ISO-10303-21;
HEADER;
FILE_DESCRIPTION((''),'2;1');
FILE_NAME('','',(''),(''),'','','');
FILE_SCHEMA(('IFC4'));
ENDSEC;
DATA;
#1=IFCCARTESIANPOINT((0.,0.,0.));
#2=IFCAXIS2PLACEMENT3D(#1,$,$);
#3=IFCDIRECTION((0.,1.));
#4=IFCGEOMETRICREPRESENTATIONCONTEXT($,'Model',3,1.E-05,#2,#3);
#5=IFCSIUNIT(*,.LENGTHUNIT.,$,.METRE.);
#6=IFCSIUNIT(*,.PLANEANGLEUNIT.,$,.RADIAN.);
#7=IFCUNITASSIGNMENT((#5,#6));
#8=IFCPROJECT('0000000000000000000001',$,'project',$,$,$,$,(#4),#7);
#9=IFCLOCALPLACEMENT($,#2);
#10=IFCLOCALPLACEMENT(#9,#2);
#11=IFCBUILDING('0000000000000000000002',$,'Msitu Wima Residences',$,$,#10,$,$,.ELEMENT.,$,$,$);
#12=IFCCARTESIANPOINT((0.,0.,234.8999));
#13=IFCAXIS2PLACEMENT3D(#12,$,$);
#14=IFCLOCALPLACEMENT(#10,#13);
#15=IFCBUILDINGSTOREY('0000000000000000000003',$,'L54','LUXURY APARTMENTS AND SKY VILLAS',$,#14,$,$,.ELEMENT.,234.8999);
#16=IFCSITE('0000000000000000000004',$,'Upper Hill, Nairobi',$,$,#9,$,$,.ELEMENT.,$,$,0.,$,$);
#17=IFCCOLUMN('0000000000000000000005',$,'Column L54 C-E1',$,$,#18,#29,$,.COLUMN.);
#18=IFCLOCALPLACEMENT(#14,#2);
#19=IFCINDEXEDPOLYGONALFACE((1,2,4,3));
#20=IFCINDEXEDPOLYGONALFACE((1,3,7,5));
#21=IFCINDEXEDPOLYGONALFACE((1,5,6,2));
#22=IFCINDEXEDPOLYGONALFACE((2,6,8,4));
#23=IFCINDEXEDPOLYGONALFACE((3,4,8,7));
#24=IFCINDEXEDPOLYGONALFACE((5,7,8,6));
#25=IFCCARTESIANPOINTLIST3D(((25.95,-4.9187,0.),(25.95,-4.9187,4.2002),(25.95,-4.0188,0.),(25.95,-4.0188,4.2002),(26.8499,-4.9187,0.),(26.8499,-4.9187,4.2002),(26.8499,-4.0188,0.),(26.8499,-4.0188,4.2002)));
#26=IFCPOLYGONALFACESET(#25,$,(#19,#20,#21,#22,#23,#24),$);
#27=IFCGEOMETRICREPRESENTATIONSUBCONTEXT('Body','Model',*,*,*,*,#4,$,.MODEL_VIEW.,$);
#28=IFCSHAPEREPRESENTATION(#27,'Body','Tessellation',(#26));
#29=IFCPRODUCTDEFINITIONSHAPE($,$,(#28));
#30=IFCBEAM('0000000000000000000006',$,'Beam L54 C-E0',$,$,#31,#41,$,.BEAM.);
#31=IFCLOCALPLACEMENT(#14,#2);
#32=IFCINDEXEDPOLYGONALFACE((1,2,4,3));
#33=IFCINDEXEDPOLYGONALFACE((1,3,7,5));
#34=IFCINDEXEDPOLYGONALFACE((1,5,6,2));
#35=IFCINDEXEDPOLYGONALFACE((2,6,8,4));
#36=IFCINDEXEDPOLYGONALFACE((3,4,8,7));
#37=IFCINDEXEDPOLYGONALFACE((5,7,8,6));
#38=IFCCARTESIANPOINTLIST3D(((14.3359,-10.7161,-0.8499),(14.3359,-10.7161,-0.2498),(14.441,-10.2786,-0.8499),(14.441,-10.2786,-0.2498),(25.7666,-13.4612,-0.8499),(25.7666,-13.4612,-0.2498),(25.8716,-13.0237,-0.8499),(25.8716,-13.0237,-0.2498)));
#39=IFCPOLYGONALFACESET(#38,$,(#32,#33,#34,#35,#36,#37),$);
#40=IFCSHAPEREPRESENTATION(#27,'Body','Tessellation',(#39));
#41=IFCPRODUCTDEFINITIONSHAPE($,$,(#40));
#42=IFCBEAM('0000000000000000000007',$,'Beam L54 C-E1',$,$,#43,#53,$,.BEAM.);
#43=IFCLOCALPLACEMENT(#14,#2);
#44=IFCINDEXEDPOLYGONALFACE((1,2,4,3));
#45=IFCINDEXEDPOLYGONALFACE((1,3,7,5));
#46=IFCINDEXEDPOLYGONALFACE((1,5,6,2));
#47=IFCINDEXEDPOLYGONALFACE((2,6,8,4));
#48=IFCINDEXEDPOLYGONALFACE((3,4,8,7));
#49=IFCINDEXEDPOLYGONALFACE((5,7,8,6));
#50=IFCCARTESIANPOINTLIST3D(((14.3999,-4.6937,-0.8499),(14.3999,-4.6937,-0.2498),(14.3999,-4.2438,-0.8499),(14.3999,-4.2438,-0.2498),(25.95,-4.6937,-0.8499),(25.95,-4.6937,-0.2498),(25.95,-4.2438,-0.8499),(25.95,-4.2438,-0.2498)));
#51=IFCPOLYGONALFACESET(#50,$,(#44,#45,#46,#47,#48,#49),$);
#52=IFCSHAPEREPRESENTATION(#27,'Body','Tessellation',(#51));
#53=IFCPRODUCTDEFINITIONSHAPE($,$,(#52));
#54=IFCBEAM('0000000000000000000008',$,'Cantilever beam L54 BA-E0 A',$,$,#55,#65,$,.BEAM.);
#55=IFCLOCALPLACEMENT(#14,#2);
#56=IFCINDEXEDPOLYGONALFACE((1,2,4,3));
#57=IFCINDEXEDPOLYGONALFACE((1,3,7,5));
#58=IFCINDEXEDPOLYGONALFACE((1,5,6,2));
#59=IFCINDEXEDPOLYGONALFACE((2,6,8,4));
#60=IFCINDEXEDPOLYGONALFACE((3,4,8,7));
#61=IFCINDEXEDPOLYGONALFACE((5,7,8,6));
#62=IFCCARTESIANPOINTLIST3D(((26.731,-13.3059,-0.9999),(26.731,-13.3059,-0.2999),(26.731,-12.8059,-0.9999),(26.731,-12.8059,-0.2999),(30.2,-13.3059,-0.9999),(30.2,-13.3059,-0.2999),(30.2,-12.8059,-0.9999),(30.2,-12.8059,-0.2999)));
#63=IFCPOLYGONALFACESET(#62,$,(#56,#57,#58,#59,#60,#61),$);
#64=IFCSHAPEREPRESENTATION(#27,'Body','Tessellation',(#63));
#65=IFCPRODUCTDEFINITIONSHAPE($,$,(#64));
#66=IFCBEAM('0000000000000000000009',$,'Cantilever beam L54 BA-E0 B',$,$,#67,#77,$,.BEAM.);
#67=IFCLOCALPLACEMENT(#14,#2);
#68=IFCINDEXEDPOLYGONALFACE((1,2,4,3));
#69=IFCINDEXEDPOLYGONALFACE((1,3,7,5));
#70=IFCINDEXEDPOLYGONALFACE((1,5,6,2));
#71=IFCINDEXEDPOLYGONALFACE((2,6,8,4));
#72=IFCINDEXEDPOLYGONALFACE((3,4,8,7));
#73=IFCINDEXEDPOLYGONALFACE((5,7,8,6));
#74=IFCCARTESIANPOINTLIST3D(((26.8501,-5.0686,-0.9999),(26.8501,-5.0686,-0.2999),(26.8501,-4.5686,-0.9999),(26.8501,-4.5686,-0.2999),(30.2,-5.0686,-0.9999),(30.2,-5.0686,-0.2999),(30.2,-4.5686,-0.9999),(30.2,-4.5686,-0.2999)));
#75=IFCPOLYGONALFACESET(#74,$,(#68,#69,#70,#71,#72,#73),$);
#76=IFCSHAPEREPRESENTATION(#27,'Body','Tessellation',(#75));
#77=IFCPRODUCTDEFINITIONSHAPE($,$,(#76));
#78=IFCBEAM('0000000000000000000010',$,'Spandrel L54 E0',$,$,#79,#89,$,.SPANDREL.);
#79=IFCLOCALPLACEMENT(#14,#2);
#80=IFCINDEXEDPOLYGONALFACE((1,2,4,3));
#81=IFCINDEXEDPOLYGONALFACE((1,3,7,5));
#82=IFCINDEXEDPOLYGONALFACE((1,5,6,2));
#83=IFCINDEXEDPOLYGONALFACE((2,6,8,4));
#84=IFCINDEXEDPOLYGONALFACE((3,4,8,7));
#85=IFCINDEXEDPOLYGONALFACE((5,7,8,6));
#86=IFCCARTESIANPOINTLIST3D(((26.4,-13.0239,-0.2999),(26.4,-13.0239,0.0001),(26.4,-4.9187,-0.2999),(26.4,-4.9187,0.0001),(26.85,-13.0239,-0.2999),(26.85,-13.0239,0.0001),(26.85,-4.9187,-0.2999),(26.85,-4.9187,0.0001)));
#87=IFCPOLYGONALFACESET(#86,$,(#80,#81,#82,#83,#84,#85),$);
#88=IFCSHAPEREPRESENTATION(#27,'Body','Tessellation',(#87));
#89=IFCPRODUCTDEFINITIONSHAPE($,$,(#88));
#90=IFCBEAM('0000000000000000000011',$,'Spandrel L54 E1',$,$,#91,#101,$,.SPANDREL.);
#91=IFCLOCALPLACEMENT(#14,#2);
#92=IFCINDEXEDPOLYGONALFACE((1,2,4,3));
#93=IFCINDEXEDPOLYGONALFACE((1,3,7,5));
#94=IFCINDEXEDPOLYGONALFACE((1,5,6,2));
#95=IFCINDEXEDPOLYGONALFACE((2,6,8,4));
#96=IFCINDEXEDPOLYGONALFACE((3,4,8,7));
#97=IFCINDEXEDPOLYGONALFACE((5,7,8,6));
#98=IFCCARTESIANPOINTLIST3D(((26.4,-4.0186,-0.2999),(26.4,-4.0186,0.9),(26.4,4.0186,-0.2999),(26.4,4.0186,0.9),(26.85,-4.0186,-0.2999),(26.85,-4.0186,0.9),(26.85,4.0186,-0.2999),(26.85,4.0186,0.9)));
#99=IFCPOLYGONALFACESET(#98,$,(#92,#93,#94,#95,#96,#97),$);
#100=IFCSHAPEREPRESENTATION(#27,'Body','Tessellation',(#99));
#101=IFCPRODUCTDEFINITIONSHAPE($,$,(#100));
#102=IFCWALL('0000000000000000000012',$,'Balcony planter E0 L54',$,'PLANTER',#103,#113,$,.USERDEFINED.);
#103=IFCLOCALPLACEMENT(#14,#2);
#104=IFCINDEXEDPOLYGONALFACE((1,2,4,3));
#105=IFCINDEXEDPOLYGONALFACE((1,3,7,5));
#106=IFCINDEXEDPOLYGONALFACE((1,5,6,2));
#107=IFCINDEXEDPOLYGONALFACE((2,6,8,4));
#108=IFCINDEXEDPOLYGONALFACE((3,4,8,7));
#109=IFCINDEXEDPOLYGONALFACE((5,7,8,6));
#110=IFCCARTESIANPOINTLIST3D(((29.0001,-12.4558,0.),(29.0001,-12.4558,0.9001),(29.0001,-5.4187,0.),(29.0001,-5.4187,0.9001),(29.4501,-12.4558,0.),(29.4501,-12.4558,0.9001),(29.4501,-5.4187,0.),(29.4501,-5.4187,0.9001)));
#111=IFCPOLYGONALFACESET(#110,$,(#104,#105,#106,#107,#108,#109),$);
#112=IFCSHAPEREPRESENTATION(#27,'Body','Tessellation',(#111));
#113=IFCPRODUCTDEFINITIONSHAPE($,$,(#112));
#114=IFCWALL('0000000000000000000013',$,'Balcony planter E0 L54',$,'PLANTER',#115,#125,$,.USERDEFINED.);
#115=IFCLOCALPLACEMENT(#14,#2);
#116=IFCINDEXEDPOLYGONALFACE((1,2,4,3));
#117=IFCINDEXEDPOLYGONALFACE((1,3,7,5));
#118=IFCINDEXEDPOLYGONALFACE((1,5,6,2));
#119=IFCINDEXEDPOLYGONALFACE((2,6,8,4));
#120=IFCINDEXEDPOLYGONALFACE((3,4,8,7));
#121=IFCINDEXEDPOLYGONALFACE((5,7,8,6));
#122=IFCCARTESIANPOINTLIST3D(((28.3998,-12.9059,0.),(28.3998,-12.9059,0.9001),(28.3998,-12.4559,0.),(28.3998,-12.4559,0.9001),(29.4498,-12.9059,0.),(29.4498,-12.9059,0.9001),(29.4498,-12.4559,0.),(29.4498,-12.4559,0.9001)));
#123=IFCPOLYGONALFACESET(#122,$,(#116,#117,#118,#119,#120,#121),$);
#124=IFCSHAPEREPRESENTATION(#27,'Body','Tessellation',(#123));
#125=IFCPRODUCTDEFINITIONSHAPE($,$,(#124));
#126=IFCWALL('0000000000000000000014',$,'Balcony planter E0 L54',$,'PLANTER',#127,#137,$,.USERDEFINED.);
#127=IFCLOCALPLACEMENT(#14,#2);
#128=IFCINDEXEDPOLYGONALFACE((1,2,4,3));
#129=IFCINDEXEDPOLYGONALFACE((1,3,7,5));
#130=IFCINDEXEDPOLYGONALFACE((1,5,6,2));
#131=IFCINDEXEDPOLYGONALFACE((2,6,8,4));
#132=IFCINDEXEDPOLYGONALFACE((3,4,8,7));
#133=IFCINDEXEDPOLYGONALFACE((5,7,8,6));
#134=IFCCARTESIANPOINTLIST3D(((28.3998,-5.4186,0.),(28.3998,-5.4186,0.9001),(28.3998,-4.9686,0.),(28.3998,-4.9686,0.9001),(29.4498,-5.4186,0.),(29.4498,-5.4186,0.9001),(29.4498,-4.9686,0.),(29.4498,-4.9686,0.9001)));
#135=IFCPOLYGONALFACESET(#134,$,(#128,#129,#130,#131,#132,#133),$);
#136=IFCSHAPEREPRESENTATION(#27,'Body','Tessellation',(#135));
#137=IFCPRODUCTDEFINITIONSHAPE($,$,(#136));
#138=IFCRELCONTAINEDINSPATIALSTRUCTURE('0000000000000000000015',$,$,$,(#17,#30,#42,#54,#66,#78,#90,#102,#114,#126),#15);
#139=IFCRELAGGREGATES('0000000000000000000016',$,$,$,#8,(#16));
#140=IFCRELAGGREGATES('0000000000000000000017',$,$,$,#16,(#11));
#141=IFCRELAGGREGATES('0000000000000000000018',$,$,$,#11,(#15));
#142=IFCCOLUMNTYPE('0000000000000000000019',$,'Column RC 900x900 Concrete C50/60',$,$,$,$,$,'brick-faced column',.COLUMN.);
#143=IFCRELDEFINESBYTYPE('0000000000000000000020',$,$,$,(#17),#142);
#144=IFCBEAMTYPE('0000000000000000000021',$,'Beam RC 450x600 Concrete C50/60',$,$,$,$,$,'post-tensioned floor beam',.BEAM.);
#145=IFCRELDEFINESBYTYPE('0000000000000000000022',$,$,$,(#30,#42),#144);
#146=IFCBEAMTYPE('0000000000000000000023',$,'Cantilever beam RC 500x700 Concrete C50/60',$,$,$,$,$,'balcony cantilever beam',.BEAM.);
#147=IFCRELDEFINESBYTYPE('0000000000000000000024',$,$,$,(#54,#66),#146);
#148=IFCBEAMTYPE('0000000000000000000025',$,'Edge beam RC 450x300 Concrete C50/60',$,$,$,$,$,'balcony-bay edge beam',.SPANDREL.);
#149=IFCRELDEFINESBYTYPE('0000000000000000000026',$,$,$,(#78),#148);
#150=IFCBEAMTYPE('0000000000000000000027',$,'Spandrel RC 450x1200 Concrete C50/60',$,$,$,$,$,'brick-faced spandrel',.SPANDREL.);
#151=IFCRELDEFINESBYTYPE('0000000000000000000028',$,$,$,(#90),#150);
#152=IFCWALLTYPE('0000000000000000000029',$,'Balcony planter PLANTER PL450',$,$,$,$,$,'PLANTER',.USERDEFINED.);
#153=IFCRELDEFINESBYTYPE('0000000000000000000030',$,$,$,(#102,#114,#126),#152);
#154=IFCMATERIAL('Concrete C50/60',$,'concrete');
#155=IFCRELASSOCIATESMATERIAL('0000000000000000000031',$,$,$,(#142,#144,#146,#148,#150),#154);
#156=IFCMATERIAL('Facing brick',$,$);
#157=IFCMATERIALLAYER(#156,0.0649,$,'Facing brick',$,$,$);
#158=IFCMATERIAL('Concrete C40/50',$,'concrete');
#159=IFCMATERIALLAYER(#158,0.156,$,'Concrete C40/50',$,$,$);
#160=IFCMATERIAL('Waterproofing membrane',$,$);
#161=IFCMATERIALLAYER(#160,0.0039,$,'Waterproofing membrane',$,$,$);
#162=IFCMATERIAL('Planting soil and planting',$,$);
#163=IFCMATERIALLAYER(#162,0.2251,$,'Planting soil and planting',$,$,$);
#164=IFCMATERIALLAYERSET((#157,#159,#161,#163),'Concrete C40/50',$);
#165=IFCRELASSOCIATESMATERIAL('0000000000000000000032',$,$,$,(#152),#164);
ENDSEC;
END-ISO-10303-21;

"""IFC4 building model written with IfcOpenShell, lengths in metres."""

from ifc_helpers import new_model, si_unit, direction, frame, frame_2d, origin, origin_2d, place, context, subcontext, project, spatial, rectangle, extrude, material, layer, layer_set, material_profile, profile_set, type_object, element, save


model = new_model("IFC4")

# Units and contexts
model_context = context("Model", 3, precision=1e-05, world=origin(), true_north=direction((0.0, 1.0)))
body_context = subcontext(model_context, "Body", "Model", "MODEL_VIEW")
ifc_project = project(units=[si_unit("LENGTHUNIT", "METRE"), si_unit("PLANEANGLEUNIT", "RADIAN")], contexts=[model_context])

# Site, building, storey
site_placement = place(None, origin())
site = spatial("IfcSite", under=ifc_project, at=site_placement, Name="Upper Hill, Nairobi", CompositionType="ELEMENT", RefElevation=0.0)
building_placement = place(site_placement, origin())
building = spatial("IfcBuilding", under=site, at=building_placement, Name="Msitu Wima Residences", CompositionType="ELEMENT")
storey_placement = place(building_placement, frame((0.0, 0.0, 234.8999)))
storey = spatial("IfcBuildingStorey", under=building, at=storey_placement, Name="L54", Description="LUXURY APARTMENTS AND SKY VILLAS", CompositionType="ELEMENT", Elevation=234.8999)

# Column
ifc_material_1 = material(Name="Concrete C50/60", Category="concrete")
ifc_material_profile_1 = material_profile(ifc_material_1, rectangle(XDim=0.8999, YDim=0.8999, at=origin_2d()), Name="RC 900x900")
ifc_profile_set_1 = profile_set([ifc_material_profile_1], Name="Concrete C50/60")
column_type = type_object("IfcColumnType", Name="Column RC 900x900 Concrete C50/60", ElementType="brick-faced column", PredefinedType="COLUMN", material=ifc_profile_set_1)
column_placement = place(storey_placement, frame((26.3999, -4.4688, 0.0), z_axis=(0.0, 0.0, 1.0), x_axis=(0.0, 1.0, 0.0)))
element("IfcColumn", 1, at=column_placement, inside=storey, type_object=column_type, Name="Column L54 C-E1", PredefinedType="COLUMN", context=body_context, shape_type="SweptSolid", body=[
    extrude(rectangle(XDim=0.8999, YDim=0.8999, at=origin_2d()), origin(), (0.0, 0.0, 1.0), 4.2002),
])

# Beams
ifc_material_profile_2 = material_profile(ifc_material_1, rectangle(XDim=0.45, YDim=0.6001, at=origin_2d()), Name="RC 450x600")
ifc_profile_set_2 = profile_set([ifc_material_profile_2], Name="Concrete C50/60")
beam_type_1 = type_object("IfcBeamType", Name="Beam RC 450x600 Concrete C50/60", ElementType="post-tensioned floor beam", PredefinedType="BEAM", material=ifc_profile_set_2)
beam_1_placement = place(storey_placement, frame((25.8191, -13.2424, -0.5498), z_axis=(-0.972353, 0.233514, 0.0), x_axis=(-0.233514, -0.972353, 0.0)))
element("IfcBeam", 2, at=beam_1_placement, inside=storey, type_object=beam_type_1, Name="Beam L54 C-E0", PredefinedType="BEAM", context=body_context, shape_type="SweptSolid", body=[
    extrude(rectangle(XDim=0.45, YDim=0.6001, at=origin_2d()), origin(), (0.0, 0.0, 1.0), 11.7556),
])
beam_2_placement = place(storey_placement, frame((25.95, -4.4688, -0.5498), z_axis=(-1.0, 0.0, 0.0), x_axis=(0.0, -1.0, 0.0)))
element("IfcBeam", 3, at=beam_2_placement, inside=storey, type_object=beam_type_1, Name="Beam L54 C-E1", PredefinedType="BEAM", context=body_context, shape_type="SweptSolid", body=[
    extrude(rectangle(XDim=0.45, YDim=0.6001, at=origin_2d()), origin(), (0.0, 0.0, 1.0), 11.55),
])
ifc_material_profile_3 = material_profile(ifc_material_1, rectangle(XDim=0.5, YDim=0.7, at=origin_2d()), Name="RC 500x700")
ifc_profile_set_3 = profile_set([ifc_material_profile_3], Name="Concrete C50/60")
beam_type_2 = type_object("IfcBeamType", Name="Cantilever beam RC 500x700 Concrete C50/60", ElementType="balcony cantilever beam", PredefinedType="BEAM", material=ifc_profile_set_3)
beam_3_placement = place(storey_placement, frame((26.731, -13.0559, -0.6499), z_axis=(1.0, 0.0, 0.0), x_axis=(0.0, 1.0, 0.0)))
element("IfcBeam", 4, at=beam_3_placement, inside=storey, type_object=beam_type_2, Name="Cantilever beam L54 BA-E0 A", PredefinedType="BEAM", context=body_context, shape_type="SweptSolid", body=[
    extrude(rectangle(XDim=0.5, YDim=0.7, at=origin_2d()), origin(), (0.0, 0.0, 1.0), 3.469),
])
beam_4_placement = place(storey_placement, frame((26.8501, -4.8186, -0.6499), z_axis=(1.0, 0.0, 0.0), x_axis=(0.0, 1.0, 0.0)))
element("IfcBeam", 5, at=beam_4_placement, inside=storey, type_object=beam_type_2, Name="Cantilever beam L54 BA-E0 B", PredefinedType="BEAM", context=body_context, shape_type="SweptSolid", body=[
    extrude(rectangle(XDim=0.5, YDim=0.7, at=origin_2d()), origin(), (0.0, 0.0, 1.0), 3.3499),
])
ifc_material_profile_4 = material_profile(ifc_material_1, rectangle(XDim=0.45, YDim=0.3, at=origin_2d()), Name="RC 450x300")
ifc_profile_set_4 = profile_set([ifc_material_profile_4], Name="Concrete C50/60")
beam_type_3 = type_object("IfcBeamType", Name="Edge beam RC 450x300 Concrete C50/60", ElementType="balcony-bay edge beam", PredefinedType="SPANDREL", material=ifc_profile_set_4)
beam_5_placement = place(storey_placement, frame((26.625, -13.0239, -0.1499), z_axis=(0.0, 1.0, 0.0), x_axis=(-1.0, 0.0, 0.0)))
element("IfcBeam", 6, at=beam_5_placement, inside=storey, type_object=beam_type_3, Name="Spandrel L54 E0", PredefinedType="SPANDREL", context=body_context, shape_type="SweptSolid", body=[
    extrude(rectangle(XDim=0.45, YDim=0.3, at=origin_2d()), origin(), (0.0, 0.0, 1.0), 8.1052),
])
ifc_material_profile_5 = material_profile(ifc_material_1, rectangle(XDim=0.45, YDim=1.2, at=origin_2d()), Name="RC 450x1200")
ifc_profile_set_5 = profile_set([ifc_material_profile_5], Name="Concrete C50/60")
beam_type_4 = type_object("IfcBeamType", Name="Spandrel RC 450x1200 Concrete C50/60", ElementType="brick-faced spandrel", PredefinedType="SPANDREL", material=ifc_profile_set_5)
beam_6_placement = place(storey_placement, frame((26.625, -4.0186, 0.3), z_axis=(0.0, 1.0, 0.0), x_axis=(-1.0, 0.0, 0.0)))
element("IfcBeam", 7, at=beam_6_placement, inside=storey, type_object=beam_type_4, Name="Spandrel L54 E1", PredefinedType="SPANDREL", context=body_context, shape_type="SweptSolid", body=[
    extrude(rectangle(XDim=0.45, YDim=1.2, at=origin_2d()), origin(), (0.0, 0.0, 1.0), 8.0371),
])

# Walls
ifc_material_2 = material(Name="Facing brick")
ifc_layer_1 = layer(ifc_material_2, 0.0649, Name="Facing brick")
ifc_material_3 = material(Name="Concrete C40/50", Category="concrete")
ifc_layer_2 = layer(ifc_material_3, 0.156, Name="Concrete C40/50")
ifc_material_4 = material(Name="Waterproofing membrane")
ifc_layer_3 = layer(ifc_material_4, 0.0039, Name="Waterproofing membrane")
ifc_material_5 = material(Name="Planting soil and planting")
ifc_layer_4 = layer(ifc_material_5, 0.2251, Name="Planting soil and planting")
ifc_layer_set_1 = layer_set([ifc_layer_1, ifc_layer_2, ifc_layer_3, ifc_layer_4], Name="Concrete C40/50")
wall_type_1 = type_object("IfcWallType", Name="Balcony planter PLANTER PL450", ElementType="PLANTER", PredefinedType="USERDEFINED", material=ifc_layer_set_1)
wall_1_placement = place(storey_placement, frame((29.2251, -12.4558, 0.0), z_axis=(0.0, 0.0, 1.0), x_axis=(0.0, 1.0, 0.0)))
element("IfcWall", 8, at=wall_1_placement, inside=storey, type_object=wall_type_1, Name="Balcony planter E0 L54", ObjectType="PLANTER", PredefinedType="USERDEFINED", context=body_context, shape_type="SweptSolid", body=[
    extrude(rectangle(XDim=7.0371, YDim=0.45, at=frame_2d((3.5186, 0.0))), origin(), (0.0, 0.0, 1.0), 0.9001),
])
for number, where, z_axis, x_axis, name in (
    (9, (28.3999, -12.6809, 0.0), (0.0, 0.0, 1.0), (1.0, 0.0, 0.0), "Balcony planter E0 L54"),
    (10, (28.3999, -5.1936, 0.0), (0.0, 0.0, 1.0), (1.0, 0.0, 0.0), "Balcony planter E0 L54"),
):
    element("IfcWall", number, at=place(storey_placement, frame(where, z_axis=z_axis, x_axis=x_axis)), inside=storey, type_object=wall_type_1, Name=name, ObjectType="PLANTER", PredefinedType="USERDEFINED", context=body_context, shape_type="SweptSolid", body=[
        extrude(rectangle(XDim=1.05, YDim=0.45, at=frame_2d((0.5249, 0.0))), origin(), (0.0, 0.0, 1.0), 0.9001),
    ])

save(model, "model.ifc")
